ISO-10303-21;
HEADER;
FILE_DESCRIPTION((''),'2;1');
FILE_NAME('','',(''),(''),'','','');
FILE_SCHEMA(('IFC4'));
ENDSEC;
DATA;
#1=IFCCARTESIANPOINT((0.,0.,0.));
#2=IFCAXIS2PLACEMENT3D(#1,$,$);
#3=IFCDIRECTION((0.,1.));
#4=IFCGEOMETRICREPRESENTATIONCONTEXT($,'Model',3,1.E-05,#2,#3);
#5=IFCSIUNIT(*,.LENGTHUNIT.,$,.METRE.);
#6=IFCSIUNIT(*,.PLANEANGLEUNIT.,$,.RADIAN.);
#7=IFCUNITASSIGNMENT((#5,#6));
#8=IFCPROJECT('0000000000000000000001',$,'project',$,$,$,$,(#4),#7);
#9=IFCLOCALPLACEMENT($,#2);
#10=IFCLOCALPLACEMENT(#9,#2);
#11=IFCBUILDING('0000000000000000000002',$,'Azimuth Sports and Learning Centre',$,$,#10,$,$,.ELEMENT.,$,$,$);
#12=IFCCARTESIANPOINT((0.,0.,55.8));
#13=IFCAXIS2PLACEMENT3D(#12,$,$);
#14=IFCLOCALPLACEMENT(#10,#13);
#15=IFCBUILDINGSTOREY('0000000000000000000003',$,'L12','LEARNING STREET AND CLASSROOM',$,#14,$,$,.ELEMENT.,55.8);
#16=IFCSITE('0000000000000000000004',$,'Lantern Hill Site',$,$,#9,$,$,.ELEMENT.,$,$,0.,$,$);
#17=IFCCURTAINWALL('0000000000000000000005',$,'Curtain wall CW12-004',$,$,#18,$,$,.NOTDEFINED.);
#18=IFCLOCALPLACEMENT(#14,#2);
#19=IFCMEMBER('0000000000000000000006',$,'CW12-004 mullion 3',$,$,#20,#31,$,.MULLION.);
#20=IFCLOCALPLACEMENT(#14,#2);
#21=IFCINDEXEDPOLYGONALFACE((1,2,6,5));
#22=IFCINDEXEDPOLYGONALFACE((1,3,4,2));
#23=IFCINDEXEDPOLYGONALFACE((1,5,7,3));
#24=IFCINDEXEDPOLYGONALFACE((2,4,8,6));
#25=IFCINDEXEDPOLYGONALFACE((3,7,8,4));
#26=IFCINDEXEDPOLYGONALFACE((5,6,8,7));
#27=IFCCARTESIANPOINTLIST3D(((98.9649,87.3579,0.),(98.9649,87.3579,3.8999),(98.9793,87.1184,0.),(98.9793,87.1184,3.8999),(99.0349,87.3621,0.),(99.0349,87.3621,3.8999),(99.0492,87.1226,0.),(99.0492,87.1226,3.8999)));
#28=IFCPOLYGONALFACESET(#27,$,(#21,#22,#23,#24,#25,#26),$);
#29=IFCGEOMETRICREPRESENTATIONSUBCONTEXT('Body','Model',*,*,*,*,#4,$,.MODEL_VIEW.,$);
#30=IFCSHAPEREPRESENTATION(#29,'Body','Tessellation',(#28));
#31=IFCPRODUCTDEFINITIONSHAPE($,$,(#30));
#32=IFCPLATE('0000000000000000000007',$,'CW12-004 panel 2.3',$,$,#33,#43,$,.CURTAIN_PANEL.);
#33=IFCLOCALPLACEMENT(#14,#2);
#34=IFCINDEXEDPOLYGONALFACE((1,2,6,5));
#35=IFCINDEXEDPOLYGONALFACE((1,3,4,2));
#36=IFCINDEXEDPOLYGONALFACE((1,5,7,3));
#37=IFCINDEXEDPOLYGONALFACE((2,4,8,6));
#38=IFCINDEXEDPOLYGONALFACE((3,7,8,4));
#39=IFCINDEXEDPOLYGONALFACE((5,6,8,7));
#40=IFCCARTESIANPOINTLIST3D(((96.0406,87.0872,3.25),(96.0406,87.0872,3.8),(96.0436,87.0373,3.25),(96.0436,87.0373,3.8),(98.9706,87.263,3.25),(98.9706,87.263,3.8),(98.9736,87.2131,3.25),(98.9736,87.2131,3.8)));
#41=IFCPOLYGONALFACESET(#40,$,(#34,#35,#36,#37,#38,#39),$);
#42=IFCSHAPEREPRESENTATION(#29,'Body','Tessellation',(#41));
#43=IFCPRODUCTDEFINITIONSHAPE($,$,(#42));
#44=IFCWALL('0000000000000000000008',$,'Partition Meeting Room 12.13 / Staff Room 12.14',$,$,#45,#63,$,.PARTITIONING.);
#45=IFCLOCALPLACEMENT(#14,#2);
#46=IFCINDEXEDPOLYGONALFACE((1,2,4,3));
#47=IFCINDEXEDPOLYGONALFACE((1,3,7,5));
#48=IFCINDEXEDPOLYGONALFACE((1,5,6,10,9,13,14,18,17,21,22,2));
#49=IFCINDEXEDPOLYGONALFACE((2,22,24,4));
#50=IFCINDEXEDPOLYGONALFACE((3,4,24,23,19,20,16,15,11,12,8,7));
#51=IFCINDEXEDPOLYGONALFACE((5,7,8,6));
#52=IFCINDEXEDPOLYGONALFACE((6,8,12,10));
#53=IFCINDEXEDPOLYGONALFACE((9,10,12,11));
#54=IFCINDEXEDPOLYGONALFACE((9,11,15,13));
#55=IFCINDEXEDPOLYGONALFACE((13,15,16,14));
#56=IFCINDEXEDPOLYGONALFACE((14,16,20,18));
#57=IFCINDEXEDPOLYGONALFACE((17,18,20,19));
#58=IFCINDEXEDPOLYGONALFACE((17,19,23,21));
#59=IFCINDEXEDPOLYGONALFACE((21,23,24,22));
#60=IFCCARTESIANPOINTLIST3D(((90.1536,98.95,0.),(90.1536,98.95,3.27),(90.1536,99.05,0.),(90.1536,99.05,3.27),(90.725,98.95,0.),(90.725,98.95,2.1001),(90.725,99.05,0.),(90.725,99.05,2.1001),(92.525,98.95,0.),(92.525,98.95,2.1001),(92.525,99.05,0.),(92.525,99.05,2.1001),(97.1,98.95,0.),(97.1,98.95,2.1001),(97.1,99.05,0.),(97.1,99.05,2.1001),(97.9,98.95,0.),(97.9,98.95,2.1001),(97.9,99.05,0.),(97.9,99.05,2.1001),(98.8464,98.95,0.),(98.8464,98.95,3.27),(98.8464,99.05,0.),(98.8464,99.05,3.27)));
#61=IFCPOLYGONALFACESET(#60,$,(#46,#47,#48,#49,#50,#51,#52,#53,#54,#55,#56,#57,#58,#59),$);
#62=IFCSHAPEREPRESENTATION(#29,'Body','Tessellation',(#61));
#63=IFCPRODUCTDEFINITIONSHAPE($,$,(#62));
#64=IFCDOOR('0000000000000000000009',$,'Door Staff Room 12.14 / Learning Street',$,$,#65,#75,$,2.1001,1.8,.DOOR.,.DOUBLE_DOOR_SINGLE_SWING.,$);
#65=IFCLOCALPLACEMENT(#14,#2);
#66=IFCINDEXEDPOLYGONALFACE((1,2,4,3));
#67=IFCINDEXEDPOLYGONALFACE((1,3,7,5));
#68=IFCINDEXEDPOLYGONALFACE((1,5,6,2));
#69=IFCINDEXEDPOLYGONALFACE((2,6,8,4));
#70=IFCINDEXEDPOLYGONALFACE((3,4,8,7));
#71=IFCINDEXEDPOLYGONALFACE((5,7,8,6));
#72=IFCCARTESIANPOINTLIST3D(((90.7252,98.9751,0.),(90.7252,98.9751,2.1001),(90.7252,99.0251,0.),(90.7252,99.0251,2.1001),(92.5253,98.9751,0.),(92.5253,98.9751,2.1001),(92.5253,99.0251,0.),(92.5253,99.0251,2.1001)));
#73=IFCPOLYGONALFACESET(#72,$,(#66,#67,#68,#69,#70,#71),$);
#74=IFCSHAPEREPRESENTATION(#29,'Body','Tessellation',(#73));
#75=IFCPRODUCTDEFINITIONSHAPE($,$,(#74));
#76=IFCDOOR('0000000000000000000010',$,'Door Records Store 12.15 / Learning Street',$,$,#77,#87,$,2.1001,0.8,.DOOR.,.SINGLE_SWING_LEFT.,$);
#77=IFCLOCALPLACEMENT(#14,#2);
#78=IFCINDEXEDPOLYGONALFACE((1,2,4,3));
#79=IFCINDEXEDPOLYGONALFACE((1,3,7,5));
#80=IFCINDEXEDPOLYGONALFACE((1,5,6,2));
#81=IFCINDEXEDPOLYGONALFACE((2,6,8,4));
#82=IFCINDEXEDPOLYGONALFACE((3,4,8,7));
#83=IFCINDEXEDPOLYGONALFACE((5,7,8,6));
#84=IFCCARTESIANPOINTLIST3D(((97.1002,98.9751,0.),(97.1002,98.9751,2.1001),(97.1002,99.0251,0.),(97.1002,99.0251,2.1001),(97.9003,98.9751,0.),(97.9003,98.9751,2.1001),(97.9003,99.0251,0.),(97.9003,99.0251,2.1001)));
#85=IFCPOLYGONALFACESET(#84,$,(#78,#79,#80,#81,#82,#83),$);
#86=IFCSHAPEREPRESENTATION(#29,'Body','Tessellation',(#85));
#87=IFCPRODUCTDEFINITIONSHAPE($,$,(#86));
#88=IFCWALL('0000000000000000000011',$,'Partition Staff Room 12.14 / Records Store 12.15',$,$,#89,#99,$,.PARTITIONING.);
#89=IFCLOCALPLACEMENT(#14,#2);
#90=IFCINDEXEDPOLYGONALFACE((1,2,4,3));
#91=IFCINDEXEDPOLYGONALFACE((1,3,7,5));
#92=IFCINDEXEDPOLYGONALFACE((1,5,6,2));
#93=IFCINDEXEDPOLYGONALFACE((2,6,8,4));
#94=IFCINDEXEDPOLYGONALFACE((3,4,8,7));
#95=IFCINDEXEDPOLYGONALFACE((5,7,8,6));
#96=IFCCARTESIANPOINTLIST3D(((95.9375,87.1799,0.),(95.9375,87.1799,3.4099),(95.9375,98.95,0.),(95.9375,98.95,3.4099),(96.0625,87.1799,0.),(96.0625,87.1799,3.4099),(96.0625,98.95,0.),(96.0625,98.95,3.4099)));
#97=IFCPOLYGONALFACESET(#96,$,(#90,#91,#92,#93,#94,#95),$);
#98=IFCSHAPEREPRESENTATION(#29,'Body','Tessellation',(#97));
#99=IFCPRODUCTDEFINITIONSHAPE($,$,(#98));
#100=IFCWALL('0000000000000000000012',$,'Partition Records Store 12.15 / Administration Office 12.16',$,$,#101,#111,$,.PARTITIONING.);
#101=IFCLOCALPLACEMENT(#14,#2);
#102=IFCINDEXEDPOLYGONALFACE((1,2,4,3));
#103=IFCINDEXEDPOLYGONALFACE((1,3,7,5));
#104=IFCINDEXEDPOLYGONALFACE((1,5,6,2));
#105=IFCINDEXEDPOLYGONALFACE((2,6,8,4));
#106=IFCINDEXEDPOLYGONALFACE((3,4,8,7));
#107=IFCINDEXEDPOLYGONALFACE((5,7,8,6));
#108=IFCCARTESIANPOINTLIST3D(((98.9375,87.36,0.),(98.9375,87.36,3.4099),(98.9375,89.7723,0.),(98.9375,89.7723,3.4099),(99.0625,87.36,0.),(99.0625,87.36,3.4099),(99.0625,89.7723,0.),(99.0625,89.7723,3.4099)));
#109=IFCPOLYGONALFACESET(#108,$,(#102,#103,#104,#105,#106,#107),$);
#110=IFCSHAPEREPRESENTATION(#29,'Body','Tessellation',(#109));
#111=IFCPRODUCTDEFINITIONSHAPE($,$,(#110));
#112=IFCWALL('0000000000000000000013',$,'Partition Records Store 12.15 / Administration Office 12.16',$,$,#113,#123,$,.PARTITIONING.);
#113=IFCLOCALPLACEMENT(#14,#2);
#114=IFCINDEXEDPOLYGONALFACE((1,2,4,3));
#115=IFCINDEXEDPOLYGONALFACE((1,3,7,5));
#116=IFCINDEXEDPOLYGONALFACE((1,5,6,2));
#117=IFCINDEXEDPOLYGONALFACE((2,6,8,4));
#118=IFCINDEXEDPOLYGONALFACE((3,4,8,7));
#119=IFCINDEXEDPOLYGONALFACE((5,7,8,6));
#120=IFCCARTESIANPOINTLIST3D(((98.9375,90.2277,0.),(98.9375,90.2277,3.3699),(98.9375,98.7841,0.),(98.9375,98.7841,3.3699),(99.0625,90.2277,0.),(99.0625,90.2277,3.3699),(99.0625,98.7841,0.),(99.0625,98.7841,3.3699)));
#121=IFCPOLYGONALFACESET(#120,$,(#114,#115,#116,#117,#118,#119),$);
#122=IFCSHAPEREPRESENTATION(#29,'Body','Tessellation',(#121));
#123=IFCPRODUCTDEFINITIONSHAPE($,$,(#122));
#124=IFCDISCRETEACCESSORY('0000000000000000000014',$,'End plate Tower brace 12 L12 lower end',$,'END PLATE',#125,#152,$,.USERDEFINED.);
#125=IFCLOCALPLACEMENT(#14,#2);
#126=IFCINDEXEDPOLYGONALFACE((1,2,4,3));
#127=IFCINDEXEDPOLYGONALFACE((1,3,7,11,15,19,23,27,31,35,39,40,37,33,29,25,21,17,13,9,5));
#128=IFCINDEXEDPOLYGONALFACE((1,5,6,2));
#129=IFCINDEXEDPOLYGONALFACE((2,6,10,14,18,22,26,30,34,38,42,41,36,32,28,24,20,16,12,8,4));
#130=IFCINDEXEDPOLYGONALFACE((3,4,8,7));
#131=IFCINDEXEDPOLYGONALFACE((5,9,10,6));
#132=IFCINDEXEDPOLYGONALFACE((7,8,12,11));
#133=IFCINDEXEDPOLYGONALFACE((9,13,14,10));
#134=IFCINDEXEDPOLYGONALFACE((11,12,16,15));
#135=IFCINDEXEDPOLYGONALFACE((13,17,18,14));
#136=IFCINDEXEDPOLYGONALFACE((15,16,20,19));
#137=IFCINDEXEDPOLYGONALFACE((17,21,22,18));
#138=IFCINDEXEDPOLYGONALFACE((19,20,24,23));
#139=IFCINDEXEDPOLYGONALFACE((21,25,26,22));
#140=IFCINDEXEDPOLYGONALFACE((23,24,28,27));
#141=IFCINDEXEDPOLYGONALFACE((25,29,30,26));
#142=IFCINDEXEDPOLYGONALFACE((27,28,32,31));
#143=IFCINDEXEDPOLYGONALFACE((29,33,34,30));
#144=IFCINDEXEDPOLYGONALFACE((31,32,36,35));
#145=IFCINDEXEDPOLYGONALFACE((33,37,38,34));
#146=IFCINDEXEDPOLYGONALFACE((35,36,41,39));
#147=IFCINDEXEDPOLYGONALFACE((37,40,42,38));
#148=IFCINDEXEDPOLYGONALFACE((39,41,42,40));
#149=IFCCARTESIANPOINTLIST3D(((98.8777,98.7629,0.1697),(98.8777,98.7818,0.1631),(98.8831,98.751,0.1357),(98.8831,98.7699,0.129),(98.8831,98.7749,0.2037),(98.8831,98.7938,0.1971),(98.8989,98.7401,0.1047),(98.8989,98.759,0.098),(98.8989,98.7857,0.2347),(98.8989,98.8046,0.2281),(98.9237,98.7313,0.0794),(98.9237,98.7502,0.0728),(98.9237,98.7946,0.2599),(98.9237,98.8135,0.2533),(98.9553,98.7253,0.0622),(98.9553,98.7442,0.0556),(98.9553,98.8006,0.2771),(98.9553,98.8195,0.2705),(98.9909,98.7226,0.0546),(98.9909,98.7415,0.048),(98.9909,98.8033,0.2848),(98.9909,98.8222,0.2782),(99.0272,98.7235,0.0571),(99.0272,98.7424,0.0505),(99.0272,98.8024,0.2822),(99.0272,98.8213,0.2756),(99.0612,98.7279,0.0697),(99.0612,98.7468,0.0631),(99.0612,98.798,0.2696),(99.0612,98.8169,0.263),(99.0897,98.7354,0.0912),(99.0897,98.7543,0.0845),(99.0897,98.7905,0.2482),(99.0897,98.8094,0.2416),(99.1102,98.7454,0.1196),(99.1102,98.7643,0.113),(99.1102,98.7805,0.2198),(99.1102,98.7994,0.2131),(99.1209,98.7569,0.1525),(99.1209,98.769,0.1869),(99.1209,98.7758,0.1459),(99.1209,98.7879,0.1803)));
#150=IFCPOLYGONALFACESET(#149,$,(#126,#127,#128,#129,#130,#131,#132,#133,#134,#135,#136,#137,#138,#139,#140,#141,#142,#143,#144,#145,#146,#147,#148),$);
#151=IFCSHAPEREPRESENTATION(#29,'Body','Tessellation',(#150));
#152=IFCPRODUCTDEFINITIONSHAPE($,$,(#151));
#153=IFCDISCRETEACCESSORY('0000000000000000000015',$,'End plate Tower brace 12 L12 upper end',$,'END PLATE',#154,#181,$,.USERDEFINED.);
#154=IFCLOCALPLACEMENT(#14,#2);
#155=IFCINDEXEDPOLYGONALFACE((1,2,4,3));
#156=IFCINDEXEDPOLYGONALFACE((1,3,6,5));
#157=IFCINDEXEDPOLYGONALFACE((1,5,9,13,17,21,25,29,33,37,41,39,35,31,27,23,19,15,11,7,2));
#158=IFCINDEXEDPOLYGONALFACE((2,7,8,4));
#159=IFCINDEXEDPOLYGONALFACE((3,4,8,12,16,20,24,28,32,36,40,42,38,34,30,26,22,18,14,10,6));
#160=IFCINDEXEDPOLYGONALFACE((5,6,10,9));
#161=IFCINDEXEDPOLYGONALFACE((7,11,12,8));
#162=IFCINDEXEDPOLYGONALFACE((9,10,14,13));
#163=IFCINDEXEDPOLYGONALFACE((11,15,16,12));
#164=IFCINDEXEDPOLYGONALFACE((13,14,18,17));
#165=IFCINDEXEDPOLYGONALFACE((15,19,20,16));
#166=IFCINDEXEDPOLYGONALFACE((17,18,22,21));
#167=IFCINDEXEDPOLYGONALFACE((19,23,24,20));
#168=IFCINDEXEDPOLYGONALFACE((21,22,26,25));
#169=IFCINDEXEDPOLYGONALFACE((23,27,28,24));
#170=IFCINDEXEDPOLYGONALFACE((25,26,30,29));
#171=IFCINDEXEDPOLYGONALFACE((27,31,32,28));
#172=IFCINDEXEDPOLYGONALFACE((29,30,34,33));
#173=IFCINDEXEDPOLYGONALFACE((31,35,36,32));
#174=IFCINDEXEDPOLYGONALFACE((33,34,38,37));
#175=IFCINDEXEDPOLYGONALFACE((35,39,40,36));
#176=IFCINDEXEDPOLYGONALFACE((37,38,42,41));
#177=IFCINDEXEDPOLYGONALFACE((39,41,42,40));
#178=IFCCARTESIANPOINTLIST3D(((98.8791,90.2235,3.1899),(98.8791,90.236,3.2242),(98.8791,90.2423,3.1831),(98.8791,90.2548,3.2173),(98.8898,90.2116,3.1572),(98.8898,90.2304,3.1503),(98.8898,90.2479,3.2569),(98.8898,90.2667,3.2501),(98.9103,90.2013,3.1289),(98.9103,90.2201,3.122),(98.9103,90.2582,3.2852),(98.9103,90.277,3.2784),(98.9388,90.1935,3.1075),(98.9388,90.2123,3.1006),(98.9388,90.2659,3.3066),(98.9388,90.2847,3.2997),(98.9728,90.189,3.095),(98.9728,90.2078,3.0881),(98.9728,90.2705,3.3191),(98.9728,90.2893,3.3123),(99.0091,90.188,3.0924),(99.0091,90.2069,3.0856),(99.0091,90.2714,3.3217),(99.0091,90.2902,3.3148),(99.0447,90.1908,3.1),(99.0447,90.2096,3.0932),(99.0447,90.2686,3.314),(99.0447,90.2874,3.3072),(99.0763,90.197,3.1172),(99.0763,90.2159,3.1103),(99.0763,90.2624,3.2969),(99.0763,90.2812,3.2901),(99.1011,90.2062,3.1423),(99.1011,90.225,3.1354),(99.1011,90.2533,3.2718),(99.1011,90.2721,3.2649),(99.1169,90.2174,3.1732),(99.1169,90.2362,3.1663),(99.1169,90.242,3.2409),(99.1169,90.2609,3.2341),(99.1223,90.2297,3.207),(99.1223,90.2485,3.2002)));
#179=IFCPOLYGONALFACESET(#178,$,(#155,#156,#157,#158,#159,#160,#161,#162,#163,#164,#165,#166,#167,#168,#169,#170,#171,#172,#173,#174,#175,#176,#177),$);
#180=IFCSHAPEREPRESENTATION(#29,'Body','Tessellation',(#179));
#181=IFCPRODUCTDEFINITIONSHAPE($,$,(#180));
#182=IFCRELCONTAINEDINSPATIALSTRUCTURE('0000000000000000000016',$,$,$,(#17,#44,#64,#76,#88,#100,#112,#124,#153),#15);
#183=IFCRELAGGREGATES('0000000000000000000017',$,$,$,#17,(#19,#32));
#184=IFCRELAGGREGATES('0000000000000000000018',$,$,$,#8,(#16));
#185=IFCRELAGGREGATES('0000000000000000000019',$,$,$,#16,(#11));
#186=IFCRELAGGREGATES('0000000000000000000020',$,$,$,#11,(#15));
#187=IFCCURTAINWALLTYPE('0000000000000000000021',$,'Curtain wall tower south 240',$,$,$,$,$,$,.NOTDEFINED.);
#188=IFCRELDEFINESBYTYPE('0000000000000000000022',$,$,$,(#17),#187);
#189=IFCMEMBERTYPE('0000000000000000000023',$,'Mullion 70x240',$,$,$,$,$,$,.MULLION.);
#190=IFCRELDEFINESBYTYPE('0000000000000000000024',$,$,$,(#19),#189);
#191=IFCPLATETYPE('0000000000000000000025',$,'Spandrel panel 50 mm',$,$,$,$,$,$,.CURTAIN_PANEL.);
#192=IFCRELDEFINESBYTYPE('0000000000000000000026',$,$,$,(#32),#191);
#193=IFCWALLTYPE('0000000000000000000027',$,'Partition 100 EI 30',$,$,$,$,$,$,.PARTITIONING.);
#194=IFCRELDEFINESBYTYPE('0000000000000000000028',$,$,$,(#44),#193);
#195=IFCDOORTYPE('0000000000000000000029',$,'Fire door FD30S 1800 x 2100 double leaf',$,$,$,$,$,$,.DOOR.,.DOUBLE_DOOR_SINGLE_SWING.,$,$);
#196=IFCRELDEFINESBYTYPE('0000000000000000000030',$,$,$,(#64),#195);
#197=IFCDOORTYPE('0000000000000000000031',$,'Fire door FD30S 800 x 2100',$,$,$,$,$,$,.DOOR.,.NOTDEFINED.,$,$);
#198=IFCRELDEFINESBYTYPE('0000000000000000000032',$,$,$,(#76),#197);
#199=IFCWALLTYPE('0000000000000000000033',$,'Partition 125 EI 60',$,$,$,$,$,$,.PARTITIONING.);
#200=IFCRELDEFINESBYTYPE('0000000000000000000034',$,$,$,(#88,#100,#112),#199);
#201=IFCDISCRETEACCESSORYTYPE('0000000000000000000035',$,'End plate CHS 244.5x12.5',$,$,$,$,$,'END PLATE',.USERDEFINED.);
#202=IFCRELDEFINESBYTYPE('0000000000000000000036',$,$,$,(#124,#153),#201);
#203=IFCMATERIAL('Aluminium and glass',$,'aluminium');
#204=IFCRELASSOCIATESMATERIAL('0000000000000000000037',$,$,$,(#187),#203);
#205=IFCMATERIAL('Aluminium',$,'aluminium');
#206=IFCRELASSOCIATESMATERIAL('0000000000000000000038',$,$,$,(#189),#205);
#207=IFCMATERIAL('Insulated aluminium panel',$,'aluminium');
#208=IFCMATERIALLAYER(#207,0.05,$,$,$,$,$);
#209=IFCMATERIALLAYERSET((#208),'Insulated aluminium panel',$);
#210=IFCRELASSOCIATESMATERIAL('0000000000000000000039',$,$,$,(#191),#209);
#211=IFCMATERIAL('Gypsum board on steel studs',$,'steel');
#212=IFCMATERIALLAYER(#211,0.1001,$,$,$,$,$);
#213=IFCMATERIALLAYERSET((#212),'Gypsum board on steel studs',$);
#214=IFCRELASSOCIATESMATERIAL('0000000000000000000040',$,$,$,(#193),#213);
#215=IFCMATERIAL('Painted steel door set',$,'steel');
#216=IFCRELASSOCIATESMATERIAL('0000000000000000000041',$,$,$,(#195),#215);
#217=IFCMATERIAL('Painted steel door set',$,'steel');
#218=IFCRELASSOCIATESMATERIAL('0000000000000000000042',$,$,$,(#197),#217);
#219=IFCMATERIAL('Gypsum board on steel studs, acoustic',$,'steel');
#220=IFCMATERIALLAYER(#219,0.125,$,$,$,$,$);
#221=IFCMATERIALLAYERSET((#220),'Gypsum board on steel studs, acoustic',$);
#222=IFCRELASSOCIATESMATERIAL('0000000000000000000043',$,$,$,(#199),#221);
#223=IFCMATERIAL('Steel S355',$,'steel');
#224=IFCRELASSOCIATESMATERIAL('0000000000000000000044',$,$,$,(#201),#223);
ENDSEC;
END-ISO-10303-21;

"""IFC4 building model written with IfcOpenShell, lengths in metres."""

from ifc_helpers import new_model, si_unit, direction, frame, frame_2d, origin, origin_2d, place, context, subcontext, project, spatial, rectangle, circle, extrude, material, layer, layer_set, material_profile, profile_set, type_object, element, fill, aggregate, save


model = new_model("IFC4")

# Units and contexts
model_context = context("Model", 3, precision=1e-05, world=origin(), true_north=direction((0.0, 1.0)))
body_context = subcontext(model_context, "Body", "Model", "MODEL_VIEW")
ifc_project = project(units=[si_unit("LENGTHUNIT", "METRE"), si_unit("PLANEANGLEUNIT", "RADIAN")], contexts=[model_context])

# Site, building, storey
site_placement = place(None, origin())
site = spatial("IfcSite", under=ifc_project, at=site_placement, Name="Lantern Hill Site", CompositionType="ELEMENT", RefElevation=0.0)
building_placement = place(site_placement, origin())
building = spatial("IfcBuilding", under=site, at=building_placement, Name="Azimuth Sports and Learning Centre", CompositionType="ELEMENT")
storey_placement = place(building_placement, frame((0.0, 0.0, 55.8)))
storey = spatial("IfcBuildingStorey", under=building, at=storey_placement, Name="L12", Description="LEARNING STREET AND CLASSROOM", CompositionType="ELEMENT", Elevation=55.8)

# Curtain wall, member, plate
ifc_material_1 = material(Name="Aluminium and glass", Category="aluminium")
curtain_wall_type = type_object("IfcCurtainWallType", Name="Curtain wall tower south 240", PredefinedType="NOTDEFINED", material=ifc_material_1)
curtain_wall_placement = place(storey_placement, origin())
curtain_wall = element("IfcCurtainWall", 1, at=curtain_wall_placement, inside=storey, type_object=curtain_wall_type, Name="Curtain wall CW12-004", PredefinedType="NOTDEFINED")
ifc_material_2 = material(Name="Aluminium", Category="aluminium")
ifc_material_profile_1 = material_profile(ifc_material_2, rectangle(XDim=0.24, YDim=0.0701, at=origin_2d()), Name="Mullion 70x240")
ifc_profile_set_1 = profile_set([ifc_material_profile_1], Name="Aluminium")
member_type_1 = type_object("IfcMemberType", Name="Mullion 70x240", PredefinedType="MULLION", material=ifc_profile_set_1)
member_1_placement = place(storey_placement, frame((99.0071, 87.2402, 0.0), z_axis=(0.0, 0.0, 1.0), x_axis=(-0.059892, 0.998205, 0.0)))
member_1 = element("IfcMember", 2, at=member_1_placement, type_object=member_type_1, Name="CW12-004 mullion 3", PredefinedType="MULLION", context=body_context, shape_type="SweptSolid", body=[
    extrude(rectangle(XDim=0.24, YDim=0.0701, at=origin_2d()), origin(), (0.0, 0.0, 1.0), 3.8999),
])
ifc_material_3 = material(Name="Insulated aluminium panel", Category="aluminium")
ifc_layer_1 = layer(ifc_material_3, 0.05)
ifc_layer_set_1 = layer_set([ifc_layer_1], Name="Insulated aluminium panel")
plate_type = type_object("IfcPlateType", Name="Spandrel panel 50 mm", PredefinedType="CURTAIN_PANEL", material=ifc_layer_set_1)
plate_placement = place(storey_placement, frame((97.5071, 87.1501, 3.25), z_axis=(0.0, 0.0, 1.0), x_axis=(0.998205, 0.059892, 0.0)))
plate = element("IfcPlate", 3, at=plate_placement, type_object=plate_type, Name="CW12-004 panel 2.3", PredefinedType="CURTAIN_PANEL", context=body_context, shape_type="SweptSolid", body=[
    extrude(rectangle(XDim=2.9353, YDim=0.05, at=origin_2d()), origin(), (0.0, 0.0, 1.0), 0.55),
])
aggregate(curtain_wall, [member_1, plate])

# Wall, openings, doors
ifc_material_4 = material(Name="Gypsum board on steel studs", Category="steel")
ifc_layer_2 = layer(ifc_material_4, 0.1001)
ifc_layer_set_2 = layer_set([ifc_layer_2], Name="Gypsum board on steel studs")
wall_type_1 = type_object("IfcWallType", Name="Partition 100 EI 30", PredefinedType="PARTITIONING", material=ifc_layer_set_2)
wall_1_placement = place(storey_placement, frame((90.1536, 99.0, 0.0), z_axis=(0.0, 0.0, 1.0), x_axis=(1.0, 0.0, 0.0)))
wall_1 = element("IfcWall", 4, at=wall_1_placement, inside=storey, type_object=wall_type_1, Name="Partition Meeting Room 12.13 / Staff Room 12.14", PredefinedType="PARTITIONING", context=body_context, shape_type="SweptSolid", body=[
    extrude(rectangle(XDim=8.6929, YDim=0.1001, at=frame_2d((4.3464, 0.0))), origin(), (0.0, 0.0, 1.0), 3.27),
])
opening_1_placement = place(wall_1_placement, frame((0.5715, 0.0, 0.0)))
opening_1 = element("IfcOpeningElement", 5, at=opening_1_placement, cuts=wall_1, PredefinedType="OPENING", context=body_context, shape_type="SweptSolid", body=[
    extrude(rectangle(XDim=1.8, YDim=2.1001, at=frame_2d((0.8999, 1.05))), frame((0.0, 0.061, 0.0), z_axis=(0.0, -1.0, 0.0), x_axis=(1.0, 0.0, 0.0)), (0.0, 0.0, 1.0), 0.1221),
])
opening_2_placement = place(wall_1_placement, frame((6.9465, 0.0, 0.0)))
opening_2 = element("IfcOpeningElement", 6, at=opening_2_placement, cuts=wall_1, PredefinedType="OPENING", context=body_context, shape_type="SweptSolid", body=[
    extrude(rectangle(XDim=0.8, YDim=2.1001, at=frame_2d((0.3999, 1.05))), frame((0.0, 0.061, 0.0), z_axis=(0.0, -1.0, 0.0), x_axis=(1.0, 0.0, 0.0)), (0.0, 0.0, 1.0), 0.1221),
])
ifc_material_5 = material(Name="Painted steel door set", Category="steel")
door_type_1 = type_object("IfcDoorType", Name="Fire door FD30S 1800 x 2100 double leaf", OperationType="DOUBLE_DOOR_SINGLE_SWING", PredefinedType="DOOR", material=ifc_material_5)
door_1_placement = place(opening_1_placement, frame((1.8, 0.0, 0.0), z_axis=(0.0, 0.0, 1.0), x_axis=(-1.0, 0.0, 0.0)))
door_1 = element("IfcDoor", 7, at=door_1_placement, inside=storey, type_object=door_type_1, Name="Door Staff Room 12.14 / Learning Street", OperationType="DOUBLE_DOOR_SINGLE_SWING", OverallHeight=2.1001, OverallWidth=1.8, PredefinedType="DOOR", context=body_context, shape_type="SweptSolid", body=[
    extrude(rectangle(XDim=1.8, YDim=2.1001, at=frame_2d((0.8999, 1.05))), frame((0.0, 0.0249, 0.0), z_axis=(0.0, -1.0, 0.0), x_axis=(1.0, 0.0, 0.0)), (0.0, 0.0, 1.0), 0.05),
])
fill(opening_1, door_1)
ifc_material_6 = material(Name="Painted steel door set", Category="steel")
door_type_2 = type_object("IfcDoorType", Name="Fire door FD30S 800 x 2100", OperationType="NOTDEFINED", PredefinedType="DOOR", material=ifc_material_6)
door_2_placement = place(opening_2_placement, frame((0.8, 0.0, 0.0), z_axis=(0.0, 0.0, 1.0), x_axis=(-1.0, 0.0, 0.0)))
door_2 = element("IfcDoor", 8, at=door_2_placement, inside=storey, type_object=door_type_2, Name="Door Records Store 12.15 / Learning Street", OperationType="SINGLE_SWING_LEFT", OverallHeight=2.1001, OverallWidth=0.8, PredefinedType="DOOR", context=body_context, shape_type="SweptSolid", body=[
    extrude(rectangle(XDim=0.8, YDim=2.1001, at=frame_2d((0.3999, 1.05))), frame((0.0, 0.0249, 0.0), z_axis=(0.0, -1.0, 0.0), x_axis=(1.0, 0.0, 0.0)), (0.0, 0.0, 1.0), 0.05),
])
fill(opening_2, door_2)

# Walls
ifc_material_7 = material(Name="Gypsum board on steel studs, acoustic", Category="steel")
ifc_layer_3 = layer(ifc_material_7, 0.125)
ifc_layer_set_3 = layer_set([ifc_layer_3], Name="Gypsum board on steel studs, acoustic")
wall_type_2 = type_object("IfcWallType", Name="Partition 125 EI 60", PredefinedType="PARTITIONING", material=ifc_layer_set_3)
wall_2_placement = place(storey_placement, frame((96.0, 87.1799, 0.0), z_axis=(0.0, 0.0, 1.0), x_axis=(0.0, 1.0, 0.0)))
element("IfcWall", 9, at=wall_2_placement, inside=storey, type_object=wall_type_2, Name="Partition Staff Room 12.14 / Records Store 12.15", PredefinedType="PARTITIONING", context=body_context, shape_type="SweptSolid", body=[
    extrude(rectangle(XDim=11.77, YDim=0.125, at=frame_2d((5.885, 0.0))), origin(), (0.0, 0.0, 1.0), 3.4099),
])
wall_3_placement = place(storey_placement, frame((99.0, 87.3601, 0.0), z_axis=(0.0, 0.0, 1.0), x_axis=(0.0, 1.0, 0.0)))
element("IfcWall", 10, at=wall_3_placement, inside=storey, type_object=wall_type_2, Name="Partition Records Store 12.15 / Administration Office 12.16", PredefinedType="PARTITIONING", context=body_context, shape_type="SweptSolid", body=[
    extrude(rectangle(XDim=2.4124, YDim=0.125, at=frame_2d((1.2061, 0.0))), origin(), (0.0, 0.0, 1.0), 3.4099),
])
wall_4_placement = place(storey_placement, frame((99.0, 90.2275, 0.0), z_axis=(0.0, 0.0, 1.0), x_axis=(0.0, 1.0, 0.0)))
element("IfcWall", 11, at=wall_4_placement, inside=storey, type_object=wall_type_2, Name="Partition Records Store 12.15 / Administration Office 12.16", PredefinedType="PARTITIONING", context=body_context, shape_type="SweptSolid", body=[
    extrude(rectangle(XDim=8.5564, YDim=0.125, at=frame_2d((4.2783, 0.0))), origin(), (0.0, 0.0, 1.0), 3.3699),
])

# Discrete accessories
ifc_material_8 = material(Name="Steel S355", Category="steel")
ifc_material_profile_2 = material_profile(ifc_material_8, circle(Radius=0.1223, at=origin_2d()), Name="PL 244 DISC")
ifc_profile_set_2 = profile_set([ifc_material_profile_2], Name="Steel S355")
discrete_accessory_type = type_object("IfcDiscreteAccessoryType", Name="End plate CHS 244.5x12.5", ElementType="END PLATE", PredefinedType="USERDEFINED", material=ifc_profile_set_2)
for number, where, z_axis, x_axis, name in (
    (12, (99.0, 98.7629, 0.1697), (0.0, 0.943667, -0.330896), (-1.0, 0.0, 0.0), "End plate Tower brace 12 L12 lower end"),
    (13, (99.0, 90.2485, 3.2002), (0.0, -0.939793, 0.341743), (1.0, 0.0, 0.0), "End plate Tower brace 12 L12 upper end"),
):
    element("IfcDiscreteAccessory", number, at=place(storey_placement, frame(where, z_axis=z_axis, x_axis=x_axis)), inside=storey, type_object=discrete_accessory_type, Name=name, ObjectType="END PLATE", PredefinedType="USERDEFINED", context=body_context, shape_type="SweptSolid", body=[
        extrude(circle(Radius=0.1223, at=origin_2d()), origin(), (0.0, 0.0, 1.0), 0.02),
    ])

save(model, "model.ifc")
